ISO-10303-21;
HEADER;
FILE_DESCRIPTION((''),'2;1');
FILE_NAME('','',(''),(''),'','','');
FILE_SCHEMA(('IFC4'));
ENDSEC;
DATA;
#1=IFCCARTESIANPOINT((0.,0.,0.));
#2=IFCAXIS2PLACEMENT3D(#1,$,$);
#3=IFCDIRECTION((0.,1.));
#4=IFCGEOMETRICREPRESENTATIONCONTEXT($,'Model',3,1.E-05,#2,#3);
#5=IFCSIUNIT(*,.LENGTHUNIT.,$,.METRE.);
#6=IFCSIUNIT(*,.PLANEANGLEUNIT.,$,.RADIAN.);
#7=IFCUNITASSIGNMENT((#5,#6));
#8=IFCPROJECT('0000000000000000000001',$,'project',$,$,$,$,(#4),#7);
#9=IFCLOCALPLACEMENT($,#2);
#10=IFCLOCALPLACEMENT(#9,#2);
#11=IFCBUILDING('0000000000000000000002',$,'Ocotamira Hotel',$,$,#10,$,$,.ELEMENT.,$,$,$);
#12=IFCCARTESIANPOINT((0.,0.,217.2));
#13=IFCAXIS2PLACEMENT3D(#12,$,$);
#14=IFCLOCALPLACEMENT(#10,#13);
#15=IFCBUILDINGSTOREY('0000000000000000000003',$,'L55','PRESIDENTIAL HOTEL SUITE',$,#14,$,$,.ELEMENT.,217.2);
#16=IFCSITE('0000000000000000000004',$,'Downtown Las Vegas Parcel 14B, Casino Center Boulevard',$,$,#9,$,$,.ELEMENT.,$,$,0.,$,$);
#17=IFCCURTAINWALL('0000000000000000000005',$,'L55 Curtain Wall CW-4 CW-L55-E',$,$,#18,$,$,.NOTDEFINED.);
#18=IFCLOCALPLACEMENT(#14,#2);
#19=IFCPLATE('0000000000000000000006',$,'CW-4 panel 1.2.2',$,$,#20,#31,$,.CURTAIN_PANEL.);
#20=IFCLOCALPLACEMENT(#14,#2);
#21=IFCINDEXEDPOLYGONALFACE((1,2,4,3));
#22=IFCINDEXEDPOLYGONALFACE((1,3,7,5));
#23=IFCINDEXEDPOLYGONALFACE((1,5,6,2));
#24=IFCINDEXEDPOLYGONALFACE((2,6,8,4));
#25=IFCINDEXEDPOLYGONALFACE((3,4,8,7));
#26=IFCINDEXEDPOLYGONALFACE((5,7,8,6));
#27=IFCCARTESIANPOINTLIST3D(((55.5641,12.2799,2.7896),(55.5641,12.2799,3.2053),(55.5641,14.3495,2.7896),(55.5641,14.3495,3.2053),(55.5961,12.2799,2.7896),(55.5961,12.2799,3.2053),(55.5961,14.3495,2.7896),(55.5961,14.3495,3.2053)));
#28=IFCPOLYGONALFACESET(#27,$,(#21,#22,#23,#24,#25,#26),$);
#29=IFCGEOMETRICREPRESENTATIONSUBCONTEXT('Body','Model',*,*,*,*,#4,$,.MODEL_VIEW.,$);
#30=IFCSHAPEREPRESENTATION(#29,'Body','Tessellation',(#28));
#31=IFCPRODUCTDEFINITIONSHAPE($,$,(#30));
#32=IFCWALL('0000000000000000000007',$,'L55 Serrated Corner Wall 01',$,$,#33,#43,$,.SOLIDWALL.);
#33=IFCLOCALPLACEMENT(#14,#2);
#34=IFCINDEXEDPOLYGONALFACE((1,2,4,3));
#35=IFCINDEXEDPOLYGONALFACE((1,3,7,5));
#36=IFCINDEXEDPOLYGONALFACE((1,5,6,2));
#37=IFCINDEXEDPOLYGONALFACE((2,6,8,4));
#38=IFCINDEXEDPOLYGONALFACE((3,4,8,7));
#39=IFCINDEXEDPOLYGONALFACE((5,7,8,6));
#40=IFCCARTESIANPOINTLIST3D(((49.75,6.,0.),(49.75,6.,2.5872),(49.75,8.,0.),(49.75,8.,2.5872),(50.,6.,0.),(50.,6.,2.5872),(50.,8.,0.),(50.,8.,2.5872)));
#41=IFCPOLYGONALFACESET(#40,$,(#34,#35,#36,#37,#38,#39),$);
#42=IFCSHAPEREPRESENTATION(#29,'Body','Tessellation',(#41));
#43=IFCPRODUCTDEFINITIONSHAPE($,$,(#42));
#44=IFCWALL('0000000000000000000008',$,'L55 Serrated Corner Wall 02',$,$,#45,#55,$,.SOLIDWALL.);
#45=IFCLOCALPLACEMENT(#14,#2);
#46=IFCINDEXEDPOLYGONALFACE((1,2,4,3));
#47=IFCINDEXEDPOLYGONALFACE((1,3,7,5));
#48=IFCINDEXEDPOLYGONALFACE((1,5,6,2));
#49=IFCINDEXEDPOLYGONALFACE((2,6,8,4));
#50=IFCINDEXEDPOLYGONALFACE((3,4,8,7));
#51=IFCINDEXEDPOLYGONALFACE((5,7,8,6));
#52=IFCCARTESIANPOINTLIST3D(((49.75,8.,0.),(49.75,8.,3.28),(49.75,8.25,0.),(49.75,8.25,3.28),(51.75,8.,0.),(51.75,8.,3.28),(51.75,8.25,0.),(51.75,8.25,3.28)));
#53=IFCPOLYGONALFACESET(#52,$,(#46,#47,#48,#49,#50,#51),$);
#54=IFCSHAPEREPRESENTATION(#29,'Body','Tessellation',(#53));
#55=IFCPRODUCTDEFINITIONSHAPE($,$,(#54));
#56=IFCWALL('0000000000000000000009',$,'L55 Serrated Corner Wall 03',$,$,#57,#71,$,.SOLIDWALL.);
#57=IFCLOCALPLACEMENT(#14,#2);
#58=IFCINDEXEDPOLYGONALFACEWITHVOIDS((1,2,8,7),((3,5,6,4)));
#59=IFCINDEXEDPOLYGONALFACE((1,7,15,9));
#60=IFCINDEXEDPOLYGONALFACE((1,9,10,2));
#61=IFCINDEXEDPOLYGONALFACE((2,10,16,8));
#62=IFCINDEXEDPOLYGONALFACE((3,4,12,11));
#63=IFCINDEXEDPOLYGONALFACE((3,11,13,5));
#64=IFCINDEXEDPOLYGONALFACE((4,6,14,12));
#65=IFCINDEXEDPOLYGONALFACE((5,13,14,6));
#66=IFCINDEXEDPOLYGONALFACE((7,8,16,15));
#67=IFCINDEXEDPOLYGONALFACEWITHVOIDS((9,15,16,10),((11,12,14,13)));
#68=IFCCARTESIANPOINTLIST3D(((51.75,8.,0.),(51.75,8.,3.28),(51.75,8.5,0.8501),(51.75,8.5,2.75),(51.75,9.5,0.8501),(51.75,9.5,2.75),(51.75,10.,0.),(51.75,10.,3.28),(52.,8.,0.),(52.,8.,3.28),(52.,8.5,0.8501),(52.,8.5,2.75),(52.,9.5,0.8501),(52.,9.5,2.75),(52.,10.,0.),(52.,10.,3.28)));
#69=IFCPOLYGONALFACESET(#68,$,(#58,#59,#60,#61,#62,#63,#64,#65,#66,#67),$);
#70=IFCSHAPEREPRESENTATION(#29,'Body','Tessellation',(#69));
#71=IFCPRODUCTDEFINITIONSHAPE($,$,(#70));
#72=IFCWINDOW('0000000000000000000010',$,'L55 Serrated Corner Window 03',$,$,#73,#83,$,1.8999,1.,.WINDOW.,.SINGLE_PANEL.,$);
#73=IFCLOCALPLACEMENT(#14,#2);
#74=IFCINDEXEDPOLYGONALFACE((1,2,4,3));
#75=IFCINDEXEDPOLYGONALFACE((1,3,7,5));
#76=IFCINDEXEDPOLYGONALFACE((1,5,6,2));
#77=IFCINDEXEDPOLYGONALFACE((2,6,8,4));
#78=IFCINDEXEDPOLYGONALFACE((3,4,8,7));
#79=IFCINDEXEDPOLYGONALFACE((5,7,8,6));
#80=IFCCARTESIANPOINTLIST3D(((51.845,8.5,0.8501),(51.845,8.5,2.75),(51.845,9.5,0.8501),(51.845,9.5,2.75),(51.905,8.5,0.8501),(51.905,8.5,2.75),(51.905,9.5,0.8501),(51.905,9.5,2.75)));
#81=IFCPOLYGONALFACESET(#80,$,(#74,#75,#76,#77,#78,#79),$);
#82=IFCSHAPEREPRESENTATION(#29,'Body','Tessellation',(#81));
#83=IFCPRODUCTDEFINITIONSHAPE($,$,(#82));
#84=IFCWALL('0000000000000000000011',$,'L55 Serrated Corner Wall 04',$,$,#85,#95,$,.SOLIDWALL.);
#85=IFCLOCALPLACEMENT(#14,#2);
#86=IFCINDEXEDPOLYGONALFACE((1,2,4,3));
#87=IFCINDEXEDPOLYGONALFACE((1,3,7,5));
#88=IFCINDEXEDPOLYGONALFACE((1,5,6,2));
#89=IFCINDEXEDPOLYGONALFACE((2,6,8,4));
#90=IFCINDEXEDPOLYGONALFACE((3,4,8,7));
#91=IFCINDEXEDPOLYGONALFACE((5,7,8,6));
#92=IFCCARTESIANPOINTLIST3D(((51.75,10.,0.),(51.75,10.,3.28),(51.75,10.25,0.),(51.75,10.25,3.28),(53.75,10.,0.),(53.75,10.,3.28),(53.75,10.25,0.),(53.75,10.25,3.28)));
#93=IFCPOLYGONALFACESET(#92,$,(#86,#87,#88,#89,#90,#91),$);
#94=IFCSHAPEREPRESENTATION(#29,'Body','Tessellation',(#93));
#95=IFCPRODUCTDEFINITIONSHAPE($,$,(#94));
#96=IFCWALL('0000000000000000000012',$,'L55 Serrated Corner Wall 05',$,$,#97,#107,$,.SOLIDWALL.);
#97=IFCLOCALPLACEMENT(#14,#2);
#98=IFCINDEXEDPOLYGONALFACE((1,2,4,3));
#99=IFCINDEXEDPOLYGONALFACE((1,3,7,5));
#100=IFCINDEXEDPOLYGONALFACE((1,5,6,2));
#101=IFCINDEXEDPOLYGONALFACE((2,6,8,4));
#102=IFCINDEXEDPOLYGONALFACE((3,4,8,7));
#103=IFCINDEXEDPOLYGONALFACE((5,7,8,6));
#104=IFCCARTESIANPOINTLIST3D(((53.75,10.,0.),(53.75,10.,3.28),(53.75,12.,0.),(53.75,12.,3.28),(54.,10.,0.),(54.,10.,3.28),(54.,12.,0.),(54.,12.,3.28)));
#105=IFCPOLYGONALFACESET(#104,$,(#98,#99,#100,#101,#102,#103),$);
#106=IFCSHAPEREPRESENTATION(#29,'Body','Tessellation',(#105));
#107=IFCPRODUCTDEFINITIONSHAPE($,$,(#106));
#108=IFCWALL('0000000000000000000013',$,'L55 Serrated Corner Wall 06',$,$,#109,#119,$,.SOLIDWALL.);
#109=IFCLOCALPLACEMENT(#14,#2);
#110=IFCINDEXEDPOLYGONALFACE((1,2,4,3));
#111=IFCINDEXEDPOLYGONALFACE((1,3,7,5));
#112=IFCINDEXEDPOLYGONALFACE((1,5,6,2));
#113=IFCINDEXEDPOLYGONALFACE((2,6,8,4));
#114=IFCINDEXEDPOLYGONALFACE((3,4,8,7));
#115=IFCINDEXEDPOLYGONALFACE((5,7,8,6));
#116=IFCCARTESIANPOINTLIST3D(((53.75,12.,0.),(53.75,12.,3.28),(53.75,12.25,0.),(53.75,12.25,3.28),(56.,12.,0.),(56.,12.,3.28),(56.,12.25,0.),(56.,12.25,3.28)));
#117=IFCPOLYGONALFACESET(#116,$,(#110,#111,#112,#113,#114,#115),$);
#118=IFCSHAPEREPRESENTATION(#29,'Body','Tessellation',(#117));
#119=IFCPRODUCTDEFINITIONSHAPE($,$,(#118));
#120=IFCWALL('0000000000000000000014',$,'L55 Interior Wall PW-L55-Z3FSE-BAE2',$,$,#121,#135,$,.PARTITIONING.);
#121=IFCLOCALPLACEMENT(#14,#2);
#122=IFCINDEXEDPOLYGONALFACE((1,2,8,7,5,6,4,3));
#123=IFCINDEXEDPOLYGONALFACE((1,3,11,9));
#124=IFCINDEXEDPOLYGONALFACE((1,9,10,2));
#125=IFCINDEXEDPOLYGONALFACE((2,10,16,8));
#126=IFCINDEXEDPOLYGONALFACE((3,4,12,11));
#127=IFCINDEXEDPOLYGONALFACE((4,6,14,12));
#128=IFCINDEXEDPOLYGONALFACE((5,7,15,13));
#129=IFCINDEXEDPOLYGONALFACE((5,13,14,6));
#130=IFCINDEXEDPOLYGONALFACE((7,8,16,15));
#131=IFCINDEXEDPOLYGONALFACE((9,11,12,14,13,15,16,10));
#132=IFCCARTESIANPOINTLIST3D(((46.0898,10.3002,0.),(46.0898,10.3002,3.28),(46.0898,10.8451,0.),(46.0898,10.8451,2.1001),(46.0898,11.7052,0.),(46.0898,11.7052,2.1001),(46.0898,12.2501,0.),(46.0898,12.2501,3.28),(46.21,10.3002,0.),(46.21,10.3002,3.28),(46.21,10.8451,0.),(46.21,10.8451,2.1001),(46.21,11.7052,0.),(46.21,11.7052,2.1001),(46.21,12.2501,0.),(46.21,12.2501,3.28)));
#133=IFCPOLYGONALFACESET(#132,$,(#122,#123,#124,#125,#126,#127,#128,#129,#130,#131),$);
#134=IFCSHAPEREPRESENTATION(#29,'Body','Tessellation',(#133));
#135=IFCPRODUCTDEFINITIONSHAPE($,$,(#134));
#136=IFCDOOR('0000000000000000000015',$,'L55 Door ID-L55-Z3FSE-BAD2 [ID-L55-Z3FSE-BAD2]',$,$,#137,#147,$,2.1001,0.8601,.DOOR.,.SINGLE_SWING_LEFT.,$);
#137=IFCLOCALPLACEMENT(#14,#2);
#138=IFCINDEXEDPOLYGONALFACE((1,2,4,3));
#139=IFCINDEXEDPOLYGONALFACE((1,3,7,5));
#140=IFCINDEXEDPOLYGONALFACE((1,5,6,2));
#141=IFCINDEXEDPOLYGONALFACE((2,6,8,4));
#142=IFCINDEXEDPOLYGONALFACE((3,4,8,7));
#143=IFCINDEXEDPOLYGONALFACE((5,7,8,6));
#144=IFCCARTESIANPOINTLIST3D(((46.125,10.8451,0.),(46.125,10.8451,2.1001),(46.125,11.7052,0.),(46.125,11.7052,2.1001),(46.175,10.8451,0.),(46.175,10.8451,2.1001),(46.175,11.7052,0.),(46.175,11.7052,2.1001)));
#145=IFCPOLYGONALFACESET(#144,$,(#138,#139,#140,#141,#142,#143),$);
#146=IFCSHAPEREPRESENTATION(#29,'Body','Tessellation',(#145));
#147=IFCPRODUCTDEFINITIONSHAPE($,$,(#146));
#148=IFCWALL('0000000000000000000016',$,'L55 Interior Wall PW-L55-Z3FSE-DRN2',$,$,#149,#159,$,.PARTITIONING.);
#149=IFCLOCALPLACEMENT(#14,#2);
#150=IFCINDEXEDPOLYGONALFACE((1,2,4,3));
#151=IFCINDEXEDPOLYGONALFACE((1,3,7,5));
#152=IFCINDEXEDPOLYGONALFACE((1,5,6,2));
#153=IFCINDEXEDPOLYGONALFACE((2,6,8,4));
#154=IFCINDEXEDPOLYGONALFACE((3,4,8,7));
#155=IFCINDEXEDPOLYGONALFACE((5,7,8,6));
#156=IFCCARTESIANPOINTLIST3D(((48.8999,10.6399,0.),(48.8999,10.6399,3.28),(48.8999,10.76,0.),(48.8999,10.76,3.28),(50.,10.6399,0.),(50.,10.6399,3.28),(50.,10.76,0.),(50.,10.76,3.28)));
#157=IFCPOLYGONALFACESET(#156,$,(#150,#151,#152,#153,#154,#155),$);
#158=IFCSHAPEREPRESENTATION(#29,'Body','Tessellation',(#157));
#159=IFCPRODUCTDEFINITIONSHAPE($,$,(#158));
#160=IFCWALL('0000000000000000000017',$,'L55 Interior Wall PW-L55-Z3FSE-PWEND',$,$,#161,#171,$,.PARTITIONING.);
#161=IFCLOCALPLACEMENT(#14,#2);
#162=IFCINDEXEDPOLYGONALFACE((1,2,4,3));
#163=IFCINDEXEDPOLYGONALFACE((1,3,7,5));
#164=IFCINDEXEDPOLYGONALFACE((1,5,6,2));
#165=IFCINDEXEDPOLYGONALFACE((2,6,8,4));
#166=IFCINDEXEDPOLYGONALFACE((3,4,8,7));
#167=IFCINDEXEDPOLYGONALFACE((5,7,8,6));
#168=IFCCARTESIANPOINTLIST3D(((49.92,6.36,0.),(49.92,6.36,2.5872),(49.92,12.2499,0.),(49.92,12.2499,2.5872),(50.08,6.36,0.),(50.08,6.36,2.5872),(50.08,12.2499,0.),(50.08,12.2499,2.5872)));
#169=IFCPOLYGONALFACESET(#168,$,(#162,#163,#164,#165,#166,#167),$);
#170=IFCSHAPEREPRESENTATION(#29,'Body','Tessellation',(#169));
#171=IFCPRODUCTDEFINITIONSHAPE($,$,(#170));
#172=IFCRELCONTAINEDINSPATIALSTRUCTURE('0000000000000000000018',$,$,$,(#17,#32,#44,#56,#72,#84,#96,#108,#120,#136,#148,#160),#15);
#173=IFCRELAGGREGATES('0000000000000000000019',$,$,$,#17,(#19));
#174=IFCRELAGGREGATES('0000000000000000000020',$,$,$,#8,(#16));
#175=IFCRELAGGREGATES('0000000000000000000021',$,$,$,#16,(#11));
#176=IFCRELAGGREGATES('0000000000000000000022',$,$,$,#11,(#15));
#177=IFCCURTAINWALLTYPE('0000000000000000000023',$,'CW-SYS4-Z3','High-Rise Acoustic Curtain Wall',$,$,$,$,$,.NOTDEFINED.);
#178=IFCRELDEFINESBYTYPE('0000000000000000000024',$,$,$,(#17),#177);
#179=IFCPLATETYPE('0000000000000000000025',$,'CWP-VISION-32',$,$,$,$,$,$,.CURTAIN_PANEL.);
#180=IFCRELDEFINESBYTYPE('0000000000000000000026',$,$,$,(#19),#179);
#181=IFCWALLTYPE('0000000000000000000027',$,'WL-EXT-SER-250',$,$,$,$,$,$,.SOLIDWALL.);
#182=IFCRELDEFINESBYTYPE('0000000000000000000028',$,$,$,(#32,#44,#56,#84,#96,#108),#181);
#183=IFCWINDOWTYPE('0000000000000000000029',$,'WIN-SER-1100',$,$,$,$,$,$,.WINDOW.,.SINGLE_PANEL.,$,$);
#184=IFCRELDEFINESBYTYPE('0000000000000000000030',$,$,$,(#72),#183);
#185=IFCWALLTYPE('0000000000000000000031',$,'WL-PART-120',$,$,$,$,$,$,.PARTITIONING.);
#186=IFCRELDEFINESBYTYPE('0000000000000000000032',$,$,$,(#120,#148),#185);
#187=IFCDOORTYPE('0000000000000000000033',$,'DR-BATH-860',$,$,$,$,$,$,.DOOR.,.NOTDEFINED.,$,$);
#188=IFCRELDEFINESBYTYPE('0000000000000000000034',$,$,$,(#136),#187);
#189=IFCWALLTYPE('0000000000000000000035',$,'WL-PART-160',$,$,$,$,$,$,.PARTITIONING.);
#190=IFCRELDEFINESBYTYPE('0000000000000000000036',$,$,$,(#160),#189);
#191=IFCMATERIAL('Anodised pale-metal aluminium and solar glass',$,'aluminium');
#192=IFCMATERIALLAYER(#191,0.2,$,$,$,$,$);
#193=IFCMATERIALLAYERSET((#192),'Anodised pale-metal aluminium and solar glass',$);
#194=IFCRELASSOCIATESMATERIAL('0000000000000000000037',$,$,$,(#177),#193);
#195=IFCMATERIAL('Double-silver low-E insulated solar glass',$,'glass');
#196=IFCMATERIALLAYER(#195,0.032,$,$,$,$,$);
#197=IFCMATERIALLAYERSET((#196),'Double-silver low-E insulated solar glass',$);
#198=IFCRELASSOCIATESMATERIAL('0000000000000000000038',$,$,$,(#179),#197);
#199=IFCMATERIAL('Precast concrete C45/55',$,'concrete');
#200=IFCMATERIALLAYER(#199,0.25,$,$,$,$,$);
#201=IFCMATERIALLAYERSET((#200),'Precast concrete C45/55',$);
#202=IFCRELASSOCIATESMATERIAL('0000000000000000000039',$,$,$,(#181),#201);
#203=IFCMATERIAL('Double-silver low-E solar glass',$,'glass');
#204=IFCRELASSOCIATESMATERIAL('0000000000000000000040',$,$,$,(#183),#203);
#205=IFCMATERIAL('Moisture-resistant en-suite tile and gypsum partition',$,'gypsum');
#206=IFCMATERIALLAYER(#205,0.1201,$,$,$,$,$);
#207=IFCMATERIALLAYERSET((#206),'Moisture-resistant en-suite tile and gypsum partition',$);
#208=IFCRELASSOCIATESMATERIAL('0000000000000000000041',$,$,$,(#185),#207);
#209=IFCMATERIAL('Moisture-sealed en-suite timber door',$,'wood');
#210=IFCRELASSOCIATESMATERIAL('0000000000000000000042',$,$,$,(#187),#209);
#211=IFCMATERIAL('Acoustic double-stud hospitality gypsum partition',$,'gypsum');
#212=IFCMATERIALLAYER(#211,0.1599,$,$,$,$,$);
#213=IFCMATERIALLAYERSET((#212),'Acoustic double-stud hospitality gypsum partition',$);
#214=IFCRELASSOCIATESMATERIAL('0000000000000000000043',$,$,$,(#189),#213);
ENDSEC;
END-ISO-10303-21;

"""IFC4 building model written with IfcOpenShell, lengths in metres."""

from ifc_helpers import new_model, si_unit, direction, frame, frame_2d, origin, origin_2d, place, context, subcontext, project, spatial, rectangle, extrude, source, transform, mapped, material, layer, layer_set, type_object, element, fill, aggregate, save


model = new_model("IFC4")

# Units and contexts
model_context = context("Model", 3, precision=1e-05, world=origin(), true_north=direction((0.0, 1.0)))
body_context = subcontext(model_context, "Body", "Model", "MODEL_VIEW")
ifc_project = project(units=[si_unit("LENGTHUNIT", "METRE"), si_unit("PLANEANGLEUNIT", "RADIAN")], contexts=[model_context])

# Site, building, storey
site_placement = place(None, origin())
site = spatial("IfcSite", under=ifc_project, at=site_placement, Name="Downtown Las Vegas Parcel 14B, Casino Center Boulevard", CompositionType="ELEMENT", RefElevation=0.0)
building_placement = place(site_placement, origin())
building = spatial("IfcBuilding", under=site, at=building_placement, Name="Ocotamira Hotel", CompositionType="ELEMENT")
storey_placement = place(building_placement, frame((0.0, 0.0, 217.2)))
storey = spatial("IfcBuildingStorey", under=building, at=storey_placement, Name="L55", Description="PRESIDENTIAL HOTEL SUITE", CompositionType="ELEMENT", Elevation=217.2)

# Curtain wall
ifc_material_1 = material(Name="Anodised pale-metal aluminium and solar glass", Category="aluminium")
ifc_layer_1 = layer(ifc_material_1, 0.2)
ifc_layer_set_1 = layer_set([ifc_layer_1], Name="Anodised pale-metal aluminium and solar glass")
curtain_wall_type = type_object("IfcCurtainWallType", Name="CW-SYS4-Z3", Description="High-Rise Acoustic Curtain Wall", PredefinedType="NOTDEFINED", material=ifc_layer_set_1)
curtain_wall_1_placement = place(storey_placement, origin())
curtain_wall_1 = element("IfcCurtainWall", 1, at=curtain_wall_1_placement, inside=storey, type_object=curtain_wall_type, Name="L55 Curtain Wall CW-4 CW-L55-E", PredefinedType="NOTDEFINED")

# Plate
ifc_material_2 = material(Name="Double-silver low-E insulated solar glass", Category="glass")
ifc_layer_2 = layer(ifc_material_2, 0.032)
ifc_layer_set_2 = layer_set([ifc_layer_2], Name="Double-silver low-E insulated solar glass")
plate_type_1 = type_object("IfcPlateType", Name="CWP-VISION-32", PredefinedType="CURTAIN_PANEL", material=ifc_layer_set_2)
shared_shape_1 = source(origin(), body_context, "Body", "SweptSolid", [
    extrude(rectangle(XDim=2.0696, YDim=0.032, at=origin_2d()), origin(), (0.0, 0.0, 1.0), 0.4158),
])
plate_1_placement = place(storey_placement, frame((55.5801, 13.3147, 2.7896), z_axis=(0.0, 0.0, 1.0), x_axis=(0.0, 1.0, 0.0)))
plate_1 = element("IfcPlate", 2, at=plate_1_placement, type_object=plate_type_1, Name="CW-4 panel 1.2.2", PredefinedType="CURTAIN_PANEL", context=body_context, shape_type="MappedRepresentation", body=[
    mapped(shared_shape_1, transform((0.0, 0.0, 0.0), scale=1.0)),
])
aggregate(curtain_wall_1, [plate_1])

# Walls
ifc_material_3 = material(Name="Precast concrete C45/55", Category="concrete")
ifc_layer_3 = layer(ifc_material_3, 0.25)
ifc_layer_set_3 = layer_set([ifc_layer_3], Name="Precast concrete C45/55")
wall_type_1 = type_object("IfcWallType", Name="WL-EXT-SER-250", PredefinedType="SOLIDWALL", material=ifc_layer_set_3)
wall_1_placement = place(storey_placement, frame((49.875, 6.0, 0.0), z_axis=(0.0, 0.0, 1.0), x_axis=(0.0, 1.0, 0.0)))
element("IfcWall", 3, at=wall_1_placement, inside=storey, type_object=wall_type_1, Name="L55 Serrated Corner Wall 01", PredefinedType="SOLIDWALL", context=body_context, shape_type="SweptSolid", body=[
    extrude(rectangle(XDim=2.0, YDim=0.25, at=frame_2d((1.0, 0.0))), origin(), (0.0, 0.0, 1.0), 2.5872),
])
wall_2_placement = place(storey_placement, frame((49.75, 8.125, 0.0), z_axis=(0.0, 0.0, 1.0), x_axis=(1.0, 0.0, 0.0)))
element("IfcWall", 4, at=wall_2_placement, inside=storey, type_object=wall_type_1, Name="L55 Serrated Corner Wall 02", PredefinedType="SOLIDWALL", context=body_context, shape_type="SweptSolid", body=[
    extrude(rectangle(XDim=2.0, YDim=0.25, at=frame_2d((1.0, 0.0))), origin(), (0.0, 0.0, 1.0), 3.28),
])

# Wall, opening, window
wall_3_placement = place(storey_placement, frame((51.875, 8.0, 0.0), z_axis=(0.0, 0.0, 1.0), x_axis=(0.0, 1.0, 0.0)))
wall_3 = element("IfcWall", 5, at=wall_3_placement, inside=storey, type_object=wall_type_1, Name="L55 Serrated Corner Wall 03", PredefinedType="SOLIDWALL", context=body_context, shape_type="SweptSolid", body=[
    extrude(rectangle(XDim=2.0, YDim=0.25, at=frame_2d((1.0, 0.0))), origin(), (0.0, 0.0, 1.0), 3.28),
])
opening_1_placement = place(wall_3_placement, frame((0.5, 0.0, 0.8501)))
opening_1 = element("IfcOpeningElement", 6, at=opening_1_placement, cuts=wall_3, PredefinedType="OPENING", context=body_context, shape_type="SweptSolid", body=[
    extrude(rectangle(XDim=1.0, YDim=1.8999, at=frame_2d((0.5, 0.95))), frame((0.0, 0.135, 0.0), z_axis=(0.0, -1.0, 0.0), x_axis=(1.0, 0.0, 0.0)), (0.0, 0.0, 1.0), 0.27),
])
ifc_material_4 = material(Name="Double-silver low-E solar glass", Category="glass")
window_type = type_object("IfcWindowType", Name="WIN-SER-1100", PartitioningType="SINGLE_PANEL", PredefinedType="WINDOW", material=ifc_material_4)
shared_shape_2 = source(origin(), body_context, "Body", "SweptSolid", [
    extrude(rectangle(XDim=1.0, YDim=1.8999, at=frame_2d((0.5, 0.95))), frame((0.0, 0.03, 0.0), z_axis=(0.0, -1.0, 0.0), x_axis=(1.0, 0.0, 0.0)), (0.0, 0.0, 1.0), 0.0601),
])
window_placement = place(opening_1_placement, origin())
window = element("IfcWindow", 7, at=window_placement, inside=storey, type_object=window_type, Name="L55 Serrated Corner Window 03", OverallHeight=1.8999, OverallWidth=1.0, PartitioningType="SINGLE_PANEL", PredefinedType="WINDOW", context=body_context, shape_type="MappedRepresentation", body=[
    mapped(shared_shape_2, transform((0.0, 0.0, 0.0), scale=1.0)),
])
fill(opening_1, window)

# Walls
for number, where, z_axis, x_axis, name in (
    (8, (51.75, 10.125, 0.0), (0.0, 0.0, 1.0), (1.0, 0.0, 0.0), "L55 Serrated Corner Wall 04"),
    (9, (53.875, 10.0, 0.0), (0.0, 0.0, 1.0), (0.0, 1.0, 0.0), "L55 Serrated Corner Wall 05"),
):
    element("IfcWall", number, at=place(storey_placement, frame(where, z_axis=z_axis, x_axis=x_axis)), inside=storey, type_object=wall_type_1, Name=name, PredefinedType="SOLIDWALL", context=body_context, shape_type="SweptSolid", body=[
        extrude(rectangle(XDim=2.0, YDim=0.25, at=frame_2d((1.0, 0.0))), origin(), (0.0, 0.0, 1.0), 3.28),
    ])
wall_4_placement = place(storey_placement, frame((53.75, 12.125, 0.0), z_axis=(0.0, 0.0, 1.0), x_axis=(1.0, 0.0, 0.0)))
element("IfcWall", 10, at=wall_4_placement, inside=storey, type_object=wall_type_1, Name="L55 Serrated Corner Wall 06", PredefinedType="SOLIDWALL", context=body_context, shape_type="SweptSolid", body=[
    extrude(rectangle(XDim=2.25, YDim=0.25, at=frame_2d((1.125, 0.0))), origin(), (0.0, 0.0, 1.0), 3.28),
])

# Wall, opening, door
ifc_material_5 = material(Name="Moisture-resistant en-suite tile and gypsum partition", Category="gypsum")
ifc_layer_4 = layer(ifc_material_5, 0.1201)
ifc_layer_set_4 = layer_set([ifc_layer_4], Name="Moisture-resistant en-suite tile and gypsum partition")
wall_type_2 = type_object("IfcWallType", Name="WL-PART-120", PredefinedType="PARTITIONING", material=ifc_layer_set_4)
wall_5_placement = place(storey_placement, frame((46.1499, 10.3, 0.0), z_axis=(0.0, 0.0, 1.0), x_axis=(0.0, 1.0, 0.0)))
wall_5 = element("IfcWall", 11, at=wall_5_placement, inside=storey, type_object=wall_type_2, Name="L55 Interior Wall PW-L55-Z3FSE-BAE2", PredefinedType="PARTITIONING", context=body_context, shape_type="SweptSolid", body=[
    extrude(rectangle(XDim=1.95, YDim=0.1201, at=frame_2d((0.9751, 0.0))), origin(), (0.0, 0.0, 1.0), 3.28),
])
opening_2_placement = place(wall_5_placement, frame((0.5449, 0.0, 0.0)))
opening_2 = element("IfcOpeningElement", 12, at=opening_2_placement, cuts=wall_5, PredefinedType="OPENING", context=body_context, shape_type="SweptSolid", body=[
    extrude(rectangle(XDim=0.8601, YDim=2.1001, at=frame_2d((0.4302, 1.05))), frame((0.0, 0.0701, 0.0), z_axis=(0.0, -1.0, 0.0), x_axis=(1.0, 0.0, 0.0)), (0.0, 0.0, 1.0), 0.1401),
])
ifc_material_6 = material(Name="Moisture-sealed en-suite timber door", Category="wood")
door_type_1 = type_object("IfcDoorType", Name="DR-BATH-860", OperationType="NOTDEFINED", PredefinedType="DOOR", material=ifc_material_6)
shared_shape_3 = source(origin(), body_context, "Body", "SweptSolid", [
    extrude(rectangle(XDim=0.8601, YDim=2.1001, at=frame_2d((0.4302, 1.05))), frame((0.0, 0.0249, 0.0), z_axis=(0.0, -1.0, 0.0), x_axis=(1.0, 0.0, 0.0)), (0.0, 0.0, 1.0), 0.05),
])
door_1_placement = place(opening_2_placement, origin())
door_1 = element("IfcDoor", 13, at=door_1_placement, inside=storey, type_object=door_type_1, Name="L55 Door ID-L55-Z3FSE-BAD2 [ID-L55-Z3FSE-BAD2]", OperationType="SINGLE_SWING_LEFT", OverallHeight=2.1001, OverallWidth=0.8601, PredefinedType="DOOR", context=body_context, shape_type="MappedRepresentation", body=[
    mapped(shared_shape_3, transform((0.0, 0.0, 0.0), scale=1.0)),
])
fill(opening_2, door_1)

# Walls
wall_6_placement = place(storey_placement, frame((48.8999, 10.7, 0.0), z_axis=(0.0, 0.0, 1.0), x_axis=(1.0, 0.0, 0.0)))
element("IfcWall", 14, at=wall_6_placement, inside=storey, type_object=wall_type_2, Name="L55 Interior Wall PW-L55-Z3FSE-DRN2", PredefinedType="PARTITIONING", context=body_context, shape_type="SweptSolid", body=[
    extrude(rectangle(XDim=1.1001, YDim=0.1201, at=frame_2d((0.55, 0.0))), origin(), (0.0, 0.0, 1.0), 3.28),
])
ifc_material_7 = material(Name="Acoustic double-stud hospitality gypsum partition", Category="gypsum")
ifc_layer_5 = layer(ifc_material_7, 0.1599)
ifc_layer_set_5 = layer_set([ifc_layer_5], Name="Acoustic double-stud hospitality gypsum partition")
wall_type_3 = type_object("IfcWallType", Name="WL-PART-160", PredefinedType="PARTITIONING", material=ifc_layer_set_5)
wall_7_placement = place(storey_placement, frame((50.0, 6.3601, 0.0), z_axis=(0.0, 0.0, 1.0), x_axis=(0.0, 1.0, 0.0)))
element("IfcWall", 15, at=wall_7_placement, inside=storey, type_object=wall_type_3, Name="L55 Interior Wall PW-L55-Z3FSE-PWEND", PredefinedType="PARTITIONING", context=body_context, shape_type="SweptSolid", body=[
    extrude(rectangle(XDim=5.8899, YDim=0.1599, at=frame_2d((2.9448, 0.0))), origin(), (0.0, 0.0, 1.0), 2.5872),
])

save(model, "model.ifc")
